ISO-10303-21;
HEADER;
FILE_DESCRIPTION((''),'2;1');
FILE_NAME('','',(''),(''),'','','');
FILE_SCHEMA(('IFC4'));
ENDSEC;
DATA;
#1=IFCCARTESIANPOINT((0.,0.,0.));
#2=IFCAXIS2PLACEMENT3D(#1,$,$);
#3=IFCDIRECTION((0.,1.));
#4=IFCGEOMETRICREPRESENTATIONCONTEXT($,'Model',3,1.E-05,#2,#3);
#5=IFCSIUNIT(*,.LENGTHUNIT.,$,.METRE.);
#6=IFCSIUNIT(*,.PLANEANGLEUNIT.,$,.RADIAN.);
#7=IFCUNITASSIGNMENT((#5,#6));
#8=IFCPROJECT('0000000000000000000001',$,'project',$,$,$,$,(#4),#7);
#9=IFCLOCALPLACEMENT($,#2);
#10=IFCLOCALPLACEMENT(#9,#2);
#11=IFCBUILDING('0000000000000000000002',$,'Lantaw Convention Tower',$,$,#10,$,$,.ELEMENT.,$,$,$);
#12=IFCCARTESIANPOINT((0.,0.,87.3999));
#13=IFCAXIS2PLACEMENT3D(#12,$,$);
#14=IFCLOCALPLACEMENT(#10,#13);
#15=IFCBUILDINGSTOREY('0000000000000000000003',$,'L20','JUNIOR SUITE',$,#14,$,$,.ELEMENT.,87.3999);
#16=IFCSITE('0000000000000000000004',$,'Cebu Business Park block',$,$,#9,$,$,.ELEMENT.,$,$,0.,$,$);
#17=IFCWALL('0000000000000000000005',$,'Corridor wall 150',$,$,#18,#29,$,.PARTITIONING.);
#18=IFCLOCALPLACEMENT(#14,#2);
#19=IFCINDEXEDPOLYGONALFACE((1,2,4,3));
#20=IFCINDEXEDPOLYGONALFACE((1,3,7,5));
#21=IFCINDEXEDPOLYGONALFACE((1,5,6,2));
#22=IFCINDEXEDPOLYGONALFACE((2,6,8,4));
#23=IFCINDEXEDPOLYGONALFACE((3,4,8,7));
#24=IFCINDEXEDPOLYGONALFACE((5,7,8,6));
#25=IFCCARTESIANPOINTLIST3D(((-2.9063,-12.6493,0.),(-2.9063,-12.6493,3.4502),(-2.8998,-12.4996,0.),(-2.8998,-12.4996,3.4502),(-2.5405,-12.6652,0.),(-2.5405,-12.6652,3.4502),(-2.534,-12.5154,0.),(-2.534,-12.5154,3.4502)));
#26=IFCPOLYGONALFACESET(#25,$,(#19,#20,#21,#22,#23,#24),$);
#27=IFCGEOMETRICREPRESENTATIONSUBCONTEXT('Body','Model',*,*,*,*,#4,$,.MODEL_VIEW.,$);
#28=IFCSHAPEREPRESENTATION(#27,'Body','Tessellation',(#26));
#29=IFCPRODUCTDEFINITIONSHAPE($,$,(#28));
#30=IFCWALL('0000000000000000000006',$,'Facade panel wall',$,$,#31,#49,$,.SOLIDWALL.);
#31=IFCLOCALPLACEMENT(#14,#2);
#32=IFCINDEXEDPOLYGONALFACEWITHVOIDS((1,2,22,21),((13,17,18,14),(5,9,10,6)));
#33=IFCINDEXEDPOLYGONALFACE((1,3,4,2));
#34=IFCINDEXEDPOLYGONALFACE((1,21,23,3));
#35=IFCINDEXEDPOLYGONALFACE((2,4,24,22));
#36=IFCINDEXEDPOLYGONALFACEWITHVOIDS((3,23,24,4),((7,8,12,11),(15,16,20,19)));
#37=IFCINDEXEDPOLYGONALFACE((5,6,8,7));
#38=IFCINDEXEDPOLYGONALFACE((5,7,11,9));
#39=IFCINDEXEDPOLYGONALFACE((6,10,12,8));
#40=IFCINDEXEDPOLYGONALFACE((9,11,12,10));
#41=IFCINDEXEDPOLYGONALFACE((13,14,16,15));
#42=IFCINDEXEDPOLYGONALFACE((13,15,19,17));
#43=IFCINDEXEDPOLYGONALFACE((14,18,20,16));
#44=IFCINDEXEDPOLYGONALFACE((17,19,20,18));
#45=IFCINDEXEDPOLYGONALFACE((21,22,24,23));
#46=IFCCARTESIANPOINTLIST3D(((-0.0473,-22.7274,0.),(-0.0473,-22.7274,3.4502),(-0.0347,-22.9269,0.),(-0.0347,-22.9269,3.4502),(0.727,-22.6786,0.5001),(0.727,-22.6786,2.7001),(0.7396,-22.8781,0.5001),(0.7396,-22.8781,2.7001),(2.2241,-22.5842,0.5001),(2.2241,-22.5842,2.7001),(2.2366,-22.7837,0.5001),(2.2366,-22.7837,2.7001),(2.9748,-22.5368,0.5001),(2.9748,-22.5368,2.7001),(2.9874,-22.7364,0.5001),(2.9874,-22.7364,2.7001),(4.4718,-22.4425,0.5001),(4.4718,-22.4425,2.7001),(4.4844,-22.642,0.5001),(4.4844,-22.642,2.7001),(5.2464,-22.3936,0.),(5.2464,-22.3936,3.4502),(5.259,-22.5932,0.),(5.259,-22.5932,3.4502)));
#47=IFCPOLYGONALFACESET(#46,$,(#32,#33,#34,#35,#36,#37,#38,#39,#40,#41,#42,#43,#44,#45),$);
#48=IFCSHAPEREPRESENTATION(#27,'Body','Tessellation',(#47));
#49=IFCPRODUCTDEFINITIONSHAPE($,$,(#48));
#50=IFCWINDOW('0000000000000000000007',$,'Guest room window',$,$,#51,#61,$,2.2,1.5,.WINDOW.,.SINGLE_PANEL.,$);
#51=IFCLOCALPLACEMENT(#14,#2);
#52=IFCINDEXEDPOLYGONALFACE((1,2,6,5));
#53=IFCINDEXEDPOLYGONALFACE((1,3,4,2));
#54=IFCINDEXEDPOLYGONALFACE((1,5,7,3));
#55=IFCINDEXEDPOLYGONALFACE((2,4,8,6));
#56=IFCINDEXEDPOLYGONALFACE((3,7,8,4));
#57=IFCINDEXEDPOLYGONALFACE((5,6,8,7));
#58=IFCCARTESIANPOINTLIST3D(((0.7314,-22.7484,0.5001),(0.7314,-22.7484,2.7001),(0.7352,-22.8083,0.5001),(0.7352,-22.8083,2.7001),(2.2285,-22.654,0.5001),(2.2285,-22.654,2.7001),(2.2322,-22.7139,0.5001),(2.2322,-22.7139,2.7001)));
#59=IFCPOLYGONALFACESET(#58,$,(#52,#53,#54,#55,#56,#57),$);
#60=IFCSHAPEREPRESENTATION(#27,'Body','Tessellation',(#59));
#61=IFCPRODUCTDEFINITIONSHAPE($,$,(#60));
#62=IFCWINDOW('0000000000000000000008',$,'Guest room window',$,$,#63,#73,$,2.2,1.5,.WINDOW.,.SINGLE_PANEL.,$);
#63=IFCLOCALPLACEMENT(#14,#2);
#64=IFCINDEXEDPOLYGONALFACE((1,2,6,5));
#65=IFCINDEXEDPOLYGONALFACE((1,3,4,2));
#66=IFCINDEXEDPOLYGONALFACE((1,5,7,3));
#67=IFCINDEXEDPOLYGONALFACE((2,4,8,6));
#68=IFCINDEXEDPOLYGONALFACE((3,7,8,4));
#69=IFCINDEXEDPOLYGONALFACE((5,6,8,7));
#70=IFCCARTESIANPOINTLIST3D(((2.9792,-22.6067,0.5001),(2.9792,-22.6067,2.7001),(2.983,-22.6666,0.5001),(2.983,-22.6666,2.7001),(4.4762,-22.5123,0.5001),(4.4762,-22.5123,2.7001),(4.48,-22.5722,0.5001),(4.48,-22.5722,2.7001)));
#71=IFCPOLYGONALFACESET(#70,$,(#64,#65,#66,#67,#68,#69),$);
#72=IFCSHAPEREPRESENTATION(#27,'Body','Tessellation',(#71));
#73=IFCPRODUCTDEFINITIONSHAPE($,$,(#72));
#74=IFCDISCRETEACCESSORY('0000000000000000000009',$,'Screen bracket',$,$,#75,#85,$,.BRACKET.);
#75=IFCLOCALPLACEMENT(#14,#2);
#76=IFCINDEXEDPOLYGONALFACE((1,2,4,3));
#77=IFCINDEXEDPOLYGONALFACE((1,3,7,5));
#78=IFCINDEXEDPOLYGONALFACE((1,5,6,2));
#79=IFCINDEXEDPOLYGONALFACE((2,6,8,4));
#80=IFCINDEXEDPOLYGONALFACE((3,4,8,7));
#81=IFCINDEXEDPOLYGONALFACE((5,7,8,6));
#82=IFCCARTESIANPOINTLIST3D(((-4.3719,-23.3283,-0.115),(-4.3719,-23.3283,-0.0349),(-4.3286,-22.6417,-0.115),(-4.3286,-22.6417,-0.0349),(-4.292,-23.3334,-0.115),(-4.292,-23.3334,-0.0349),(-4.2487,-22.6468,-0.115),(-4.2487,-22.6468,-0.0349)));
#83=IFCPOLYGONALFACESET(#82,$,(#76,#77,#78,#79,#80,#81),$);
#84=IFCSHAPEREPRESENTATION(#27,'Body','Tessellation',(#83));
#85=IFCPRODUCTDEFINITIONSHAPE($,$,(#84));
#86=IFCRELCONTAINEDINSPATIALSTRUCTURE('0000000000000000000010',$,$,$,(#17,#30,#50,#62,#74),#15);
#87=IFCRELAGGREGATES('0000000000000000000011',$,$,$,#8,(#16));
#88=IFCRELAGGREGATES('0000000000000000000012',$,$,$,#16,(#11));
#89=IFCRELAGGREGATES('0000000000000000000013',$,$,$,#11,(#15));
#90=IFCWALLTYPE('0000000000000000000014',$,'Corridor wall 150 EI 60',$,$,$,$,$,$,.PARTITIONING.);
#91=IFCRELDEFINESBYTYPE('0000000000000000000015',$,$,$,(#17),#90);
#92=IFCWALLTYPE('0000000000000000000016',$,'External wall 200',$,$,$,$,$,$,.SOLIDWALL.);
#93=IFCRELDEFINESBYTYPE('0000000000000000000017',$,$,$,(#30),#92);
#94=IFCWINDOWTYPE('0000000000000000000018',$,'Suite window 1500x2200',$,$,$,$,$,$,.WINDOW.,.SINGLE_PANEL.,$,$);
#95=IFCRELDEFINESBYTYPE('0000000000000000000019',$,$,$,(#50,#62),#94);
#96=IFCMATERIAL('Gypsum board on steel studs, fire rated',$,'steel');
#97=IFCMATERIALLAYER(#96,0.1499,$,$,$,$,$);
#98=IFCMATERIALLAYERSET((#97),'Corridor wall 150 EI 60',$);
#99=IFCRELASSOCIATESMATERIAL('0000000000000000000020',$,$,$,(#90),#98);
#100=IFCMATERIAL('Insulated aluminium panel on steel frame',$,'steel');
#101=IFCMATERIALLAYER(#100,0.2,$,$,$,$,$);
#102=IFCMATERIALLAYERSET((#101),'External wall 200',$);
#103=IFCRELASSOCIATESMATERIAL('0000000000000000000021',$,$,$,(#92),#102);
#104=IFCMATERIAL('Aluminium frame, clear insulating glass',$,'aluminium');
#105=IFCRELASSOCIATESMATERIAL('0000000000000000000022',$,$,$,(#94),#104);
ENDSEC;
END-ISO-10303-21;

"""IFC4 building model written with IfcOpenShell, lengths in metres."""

from ifc_helpers import new_model, si_unit, direction, frame, frame_2d, origin, origin_2d, place, context, subcontext, project, spatial, rectangle, extrude, material, layer, layer_set, type_object, element, fill, save


model = new_model("IFC4")

# Units and contexts
model_context = context("Model", 3, precision=1e-05, world=origin(), true_north=direction((0.0, 1.0)))
body_context = subcontext(model_context, "Body", "Model", "MODEL_VIEW")
ifc_project = project(units=[si_unit("LENGTHUNIT", "METRE"), si_unit("PLANEANGLEUNIT", "RADIAN")], contexts=[model_context])

# Site, building, storey
site_placement = place(None, origin())
site = spatial("IfcSite", under=ifc_project, at=site_placement, Name="Cebu Business Park block", CompositionType="ELEMENT", RefElevation=0.0)
building_placement = place(site_placement, origin())
building = spatial("IfcBuilding", under=site, at=building_placement, Name="Lantaw Convention Tower", CompositionType="ELEMENT")
storey_placement = place(building_placement, frame((0.0, 0.0, 87.3999)))
storey = spatial("IfcBuildingStorey", under=building, at=storey_placement, Name="L20", Description="JUNIOR SUITE", CompositionType="ELEMENT", Elevation=87.3999)

# Shared definitions
ifc_material_1 = material(Name="Gypsum board on steel studs, fire rated", Category="steel")
ifc_layer_1 = layer(ifc_material_1, 0.1499)
ifc_layer_set_1 = layer_set([ifc_layer_1], Name="Corridor wall 150 EI 60")
wall_type_1 = type_object("IfcWallType", Name="Corridor wall 150 EI 60", PredefinedType="PARTITIONING", material=ifc_layer_set_1)

# Wall
wall_1_placement = place(storey_placement, frame((-2.9031, -12.5745, 0.0), z_axis=(0.0, 0.0, 1.0), x_axis=(0.999061, -0.043322, 0.0)))
element("IfcWall", 1, at=wall_1_placement, inside=storey, type_object=wall_type_1, Name="Corridor wall 150", PredefinedType="PARTITIONING", context=body_context, shape_type="SweptSolid", body=[
    extrude(rectangle(XDim=0.3662, YDim=0.1499, at=frame_2d((0.1831, 0.0))), origin(), (0.0, 0.0, 1.0), 3.4502),
])

# Wall, openings, windows
ifc_material_2 = material(Name="Insulated aluminium panel on steel frame", Category="steel")
ifc_layer_2 = layer(ifc_material_2, 0.2)
ifc_layer_set_2 = layer_set([ifc_layer_2], Name="External wall 200")
wall_type_2 = type_object("IfcWallType", Name="External wall 200", PredefinedType="SOLIDWALL", material=ifc_layer_set_2)
wall_2_placement = place(storey_placement, frame((-0.041, -22.8271, 0.0), z_axis=(0.0, 0.0, 1.0), x_axis=(0.998019, 0.06292, 0.0)))
wall_2 = element("IfcWall", 2, at=wall_2_placement, inside=storey, type_object=wall_type_2, Name="Facade panel wall", PredefinedType="SOLIDWALL", context=body_context, shape_type="SweptSolid", body=[
    extrude(rectangle(XDim=5.3042, YDim=0.2, at=frame_2d((2.6521, 0.0))), origin(), (0.0, 0.0, 1.0), 3.4502),
])
opening_1_placement = place(wall_2_placement, frame((0.7759, 0.0, 0.5)))
opening_1 = element("IfcOpeningElement", 3, at=opening_1_placement, cuts=wall_2, PredefinedType="OPENING", context=body_context, shape_type="SweptSolid", body=[
    extrude(rectangle(XDim=1.5, YDim=2.2, at=frame_2d((0.75, 1.1001))), frame((0.0, 0.1099, 0.0), z_axis=(0.0, -1.0, 0.0), x_axis=(1.0, 0.0, 0.0)), (0.0, 0.0, 1.0), 0.22),
])
opening_2_placement = place(wall_2_placement, frame((3.0281, 0.0, 0.5)))
opening_2 = element("IfcOpeningElement", 4, at=opening_2_placement, cuts=wall_2, PredefinedType="OPENING", context=body_context, shape_type="SweptSolid", body=[
    extrude(rectangle(XDim=1.5, YDim=2.2, at=frame_2d((0.75, 1.1001))), frame((0.0, 0.1099, 0.0), z_axis=(0.0, -1.0, 0.0), x_axis=(1.0, 0.0, 0.0)), (0.0, 0.0, 1.0), 0.22),
])
ifc_material_3 = material(Name="Aluminium frame, clear insulating glass", Category="aluminium")
window_type = type_object("IfcWindowType", Name="Suite window 1500x2200", PartitioningType="SINGLE_PANEL", PredefinedType="WINDOW", material=ifc_material_3)
window_1_placement = place(opening_1_placement, origin())
window_1 = element("IfcWindow", 5, at=window_1_placement, inside=storey, type_object=window_type, Name="Guest room window", OverallHeight=2.2, OverallWidth=1.5, PartitioningType="SINGLE_PANEL", PredefinedType="WINDOW", context=body_context, shape_type="SweptSolid", body=[
    extrude(rectangle(XDim=1.5, YDim=2.2, at=frame_2d((0.75, 1.1001))), frame((0.0, 0.03, 0.0), z_axis=(0.0, -1.0, 0.0), x_axis=(1.0, 0.0, 0.0)), (0.0, 0.0, 1.0), 0.0601),
])
fill(opening_1, window_1)
window_2_placement = place(opening_2_placement, origin())
window_2 = element("IfcWindow", 6, at=window_2_placement, inside=storey, type_object=window_type, Name="Guest room window", OverallHeight=2.2, OverallWidth=1.5, PartitioningType="SINGLE_PANEL", PredefinedType="WINDOW", context=body_context, shape_type="SweptSolid", body=[
    extrude(rectangle(XDim=1.5, YDim=2.2, at=frame_2d((0.75, 1.1001))), frame((0.0, 0.03, 0.0), z_axis=(0.0, -1.0, 0.0), x_axis=(1.0, 0.0, 0.0)), (0.0, 0.0, 1.0), 0.0601),
])
fill(opening_2, window_2)

# Discrete accessory
discrete_accessory_placement = place(storey_placement, frame((-4.3103, -22.9875, -0.115), z_axis=(0.0, 0.0, 1.0), x_axis=(0.998016, -0.062958, 0.0)))
element("IfcDiscreteAccessory", 7, at=discrete_accessory_placement, inside=storey, Name="Screen bracket", PredefinedType="BRACKET", context=body_context, shape_type="SweptSolid", body=[
    extrude(rectangle(XDim=0.0801, YDim=0.688, at=origin_2d()), origin(), (0.0, 0.0, 1.0), 0.0801),
])

save(model, "model.ifc")
